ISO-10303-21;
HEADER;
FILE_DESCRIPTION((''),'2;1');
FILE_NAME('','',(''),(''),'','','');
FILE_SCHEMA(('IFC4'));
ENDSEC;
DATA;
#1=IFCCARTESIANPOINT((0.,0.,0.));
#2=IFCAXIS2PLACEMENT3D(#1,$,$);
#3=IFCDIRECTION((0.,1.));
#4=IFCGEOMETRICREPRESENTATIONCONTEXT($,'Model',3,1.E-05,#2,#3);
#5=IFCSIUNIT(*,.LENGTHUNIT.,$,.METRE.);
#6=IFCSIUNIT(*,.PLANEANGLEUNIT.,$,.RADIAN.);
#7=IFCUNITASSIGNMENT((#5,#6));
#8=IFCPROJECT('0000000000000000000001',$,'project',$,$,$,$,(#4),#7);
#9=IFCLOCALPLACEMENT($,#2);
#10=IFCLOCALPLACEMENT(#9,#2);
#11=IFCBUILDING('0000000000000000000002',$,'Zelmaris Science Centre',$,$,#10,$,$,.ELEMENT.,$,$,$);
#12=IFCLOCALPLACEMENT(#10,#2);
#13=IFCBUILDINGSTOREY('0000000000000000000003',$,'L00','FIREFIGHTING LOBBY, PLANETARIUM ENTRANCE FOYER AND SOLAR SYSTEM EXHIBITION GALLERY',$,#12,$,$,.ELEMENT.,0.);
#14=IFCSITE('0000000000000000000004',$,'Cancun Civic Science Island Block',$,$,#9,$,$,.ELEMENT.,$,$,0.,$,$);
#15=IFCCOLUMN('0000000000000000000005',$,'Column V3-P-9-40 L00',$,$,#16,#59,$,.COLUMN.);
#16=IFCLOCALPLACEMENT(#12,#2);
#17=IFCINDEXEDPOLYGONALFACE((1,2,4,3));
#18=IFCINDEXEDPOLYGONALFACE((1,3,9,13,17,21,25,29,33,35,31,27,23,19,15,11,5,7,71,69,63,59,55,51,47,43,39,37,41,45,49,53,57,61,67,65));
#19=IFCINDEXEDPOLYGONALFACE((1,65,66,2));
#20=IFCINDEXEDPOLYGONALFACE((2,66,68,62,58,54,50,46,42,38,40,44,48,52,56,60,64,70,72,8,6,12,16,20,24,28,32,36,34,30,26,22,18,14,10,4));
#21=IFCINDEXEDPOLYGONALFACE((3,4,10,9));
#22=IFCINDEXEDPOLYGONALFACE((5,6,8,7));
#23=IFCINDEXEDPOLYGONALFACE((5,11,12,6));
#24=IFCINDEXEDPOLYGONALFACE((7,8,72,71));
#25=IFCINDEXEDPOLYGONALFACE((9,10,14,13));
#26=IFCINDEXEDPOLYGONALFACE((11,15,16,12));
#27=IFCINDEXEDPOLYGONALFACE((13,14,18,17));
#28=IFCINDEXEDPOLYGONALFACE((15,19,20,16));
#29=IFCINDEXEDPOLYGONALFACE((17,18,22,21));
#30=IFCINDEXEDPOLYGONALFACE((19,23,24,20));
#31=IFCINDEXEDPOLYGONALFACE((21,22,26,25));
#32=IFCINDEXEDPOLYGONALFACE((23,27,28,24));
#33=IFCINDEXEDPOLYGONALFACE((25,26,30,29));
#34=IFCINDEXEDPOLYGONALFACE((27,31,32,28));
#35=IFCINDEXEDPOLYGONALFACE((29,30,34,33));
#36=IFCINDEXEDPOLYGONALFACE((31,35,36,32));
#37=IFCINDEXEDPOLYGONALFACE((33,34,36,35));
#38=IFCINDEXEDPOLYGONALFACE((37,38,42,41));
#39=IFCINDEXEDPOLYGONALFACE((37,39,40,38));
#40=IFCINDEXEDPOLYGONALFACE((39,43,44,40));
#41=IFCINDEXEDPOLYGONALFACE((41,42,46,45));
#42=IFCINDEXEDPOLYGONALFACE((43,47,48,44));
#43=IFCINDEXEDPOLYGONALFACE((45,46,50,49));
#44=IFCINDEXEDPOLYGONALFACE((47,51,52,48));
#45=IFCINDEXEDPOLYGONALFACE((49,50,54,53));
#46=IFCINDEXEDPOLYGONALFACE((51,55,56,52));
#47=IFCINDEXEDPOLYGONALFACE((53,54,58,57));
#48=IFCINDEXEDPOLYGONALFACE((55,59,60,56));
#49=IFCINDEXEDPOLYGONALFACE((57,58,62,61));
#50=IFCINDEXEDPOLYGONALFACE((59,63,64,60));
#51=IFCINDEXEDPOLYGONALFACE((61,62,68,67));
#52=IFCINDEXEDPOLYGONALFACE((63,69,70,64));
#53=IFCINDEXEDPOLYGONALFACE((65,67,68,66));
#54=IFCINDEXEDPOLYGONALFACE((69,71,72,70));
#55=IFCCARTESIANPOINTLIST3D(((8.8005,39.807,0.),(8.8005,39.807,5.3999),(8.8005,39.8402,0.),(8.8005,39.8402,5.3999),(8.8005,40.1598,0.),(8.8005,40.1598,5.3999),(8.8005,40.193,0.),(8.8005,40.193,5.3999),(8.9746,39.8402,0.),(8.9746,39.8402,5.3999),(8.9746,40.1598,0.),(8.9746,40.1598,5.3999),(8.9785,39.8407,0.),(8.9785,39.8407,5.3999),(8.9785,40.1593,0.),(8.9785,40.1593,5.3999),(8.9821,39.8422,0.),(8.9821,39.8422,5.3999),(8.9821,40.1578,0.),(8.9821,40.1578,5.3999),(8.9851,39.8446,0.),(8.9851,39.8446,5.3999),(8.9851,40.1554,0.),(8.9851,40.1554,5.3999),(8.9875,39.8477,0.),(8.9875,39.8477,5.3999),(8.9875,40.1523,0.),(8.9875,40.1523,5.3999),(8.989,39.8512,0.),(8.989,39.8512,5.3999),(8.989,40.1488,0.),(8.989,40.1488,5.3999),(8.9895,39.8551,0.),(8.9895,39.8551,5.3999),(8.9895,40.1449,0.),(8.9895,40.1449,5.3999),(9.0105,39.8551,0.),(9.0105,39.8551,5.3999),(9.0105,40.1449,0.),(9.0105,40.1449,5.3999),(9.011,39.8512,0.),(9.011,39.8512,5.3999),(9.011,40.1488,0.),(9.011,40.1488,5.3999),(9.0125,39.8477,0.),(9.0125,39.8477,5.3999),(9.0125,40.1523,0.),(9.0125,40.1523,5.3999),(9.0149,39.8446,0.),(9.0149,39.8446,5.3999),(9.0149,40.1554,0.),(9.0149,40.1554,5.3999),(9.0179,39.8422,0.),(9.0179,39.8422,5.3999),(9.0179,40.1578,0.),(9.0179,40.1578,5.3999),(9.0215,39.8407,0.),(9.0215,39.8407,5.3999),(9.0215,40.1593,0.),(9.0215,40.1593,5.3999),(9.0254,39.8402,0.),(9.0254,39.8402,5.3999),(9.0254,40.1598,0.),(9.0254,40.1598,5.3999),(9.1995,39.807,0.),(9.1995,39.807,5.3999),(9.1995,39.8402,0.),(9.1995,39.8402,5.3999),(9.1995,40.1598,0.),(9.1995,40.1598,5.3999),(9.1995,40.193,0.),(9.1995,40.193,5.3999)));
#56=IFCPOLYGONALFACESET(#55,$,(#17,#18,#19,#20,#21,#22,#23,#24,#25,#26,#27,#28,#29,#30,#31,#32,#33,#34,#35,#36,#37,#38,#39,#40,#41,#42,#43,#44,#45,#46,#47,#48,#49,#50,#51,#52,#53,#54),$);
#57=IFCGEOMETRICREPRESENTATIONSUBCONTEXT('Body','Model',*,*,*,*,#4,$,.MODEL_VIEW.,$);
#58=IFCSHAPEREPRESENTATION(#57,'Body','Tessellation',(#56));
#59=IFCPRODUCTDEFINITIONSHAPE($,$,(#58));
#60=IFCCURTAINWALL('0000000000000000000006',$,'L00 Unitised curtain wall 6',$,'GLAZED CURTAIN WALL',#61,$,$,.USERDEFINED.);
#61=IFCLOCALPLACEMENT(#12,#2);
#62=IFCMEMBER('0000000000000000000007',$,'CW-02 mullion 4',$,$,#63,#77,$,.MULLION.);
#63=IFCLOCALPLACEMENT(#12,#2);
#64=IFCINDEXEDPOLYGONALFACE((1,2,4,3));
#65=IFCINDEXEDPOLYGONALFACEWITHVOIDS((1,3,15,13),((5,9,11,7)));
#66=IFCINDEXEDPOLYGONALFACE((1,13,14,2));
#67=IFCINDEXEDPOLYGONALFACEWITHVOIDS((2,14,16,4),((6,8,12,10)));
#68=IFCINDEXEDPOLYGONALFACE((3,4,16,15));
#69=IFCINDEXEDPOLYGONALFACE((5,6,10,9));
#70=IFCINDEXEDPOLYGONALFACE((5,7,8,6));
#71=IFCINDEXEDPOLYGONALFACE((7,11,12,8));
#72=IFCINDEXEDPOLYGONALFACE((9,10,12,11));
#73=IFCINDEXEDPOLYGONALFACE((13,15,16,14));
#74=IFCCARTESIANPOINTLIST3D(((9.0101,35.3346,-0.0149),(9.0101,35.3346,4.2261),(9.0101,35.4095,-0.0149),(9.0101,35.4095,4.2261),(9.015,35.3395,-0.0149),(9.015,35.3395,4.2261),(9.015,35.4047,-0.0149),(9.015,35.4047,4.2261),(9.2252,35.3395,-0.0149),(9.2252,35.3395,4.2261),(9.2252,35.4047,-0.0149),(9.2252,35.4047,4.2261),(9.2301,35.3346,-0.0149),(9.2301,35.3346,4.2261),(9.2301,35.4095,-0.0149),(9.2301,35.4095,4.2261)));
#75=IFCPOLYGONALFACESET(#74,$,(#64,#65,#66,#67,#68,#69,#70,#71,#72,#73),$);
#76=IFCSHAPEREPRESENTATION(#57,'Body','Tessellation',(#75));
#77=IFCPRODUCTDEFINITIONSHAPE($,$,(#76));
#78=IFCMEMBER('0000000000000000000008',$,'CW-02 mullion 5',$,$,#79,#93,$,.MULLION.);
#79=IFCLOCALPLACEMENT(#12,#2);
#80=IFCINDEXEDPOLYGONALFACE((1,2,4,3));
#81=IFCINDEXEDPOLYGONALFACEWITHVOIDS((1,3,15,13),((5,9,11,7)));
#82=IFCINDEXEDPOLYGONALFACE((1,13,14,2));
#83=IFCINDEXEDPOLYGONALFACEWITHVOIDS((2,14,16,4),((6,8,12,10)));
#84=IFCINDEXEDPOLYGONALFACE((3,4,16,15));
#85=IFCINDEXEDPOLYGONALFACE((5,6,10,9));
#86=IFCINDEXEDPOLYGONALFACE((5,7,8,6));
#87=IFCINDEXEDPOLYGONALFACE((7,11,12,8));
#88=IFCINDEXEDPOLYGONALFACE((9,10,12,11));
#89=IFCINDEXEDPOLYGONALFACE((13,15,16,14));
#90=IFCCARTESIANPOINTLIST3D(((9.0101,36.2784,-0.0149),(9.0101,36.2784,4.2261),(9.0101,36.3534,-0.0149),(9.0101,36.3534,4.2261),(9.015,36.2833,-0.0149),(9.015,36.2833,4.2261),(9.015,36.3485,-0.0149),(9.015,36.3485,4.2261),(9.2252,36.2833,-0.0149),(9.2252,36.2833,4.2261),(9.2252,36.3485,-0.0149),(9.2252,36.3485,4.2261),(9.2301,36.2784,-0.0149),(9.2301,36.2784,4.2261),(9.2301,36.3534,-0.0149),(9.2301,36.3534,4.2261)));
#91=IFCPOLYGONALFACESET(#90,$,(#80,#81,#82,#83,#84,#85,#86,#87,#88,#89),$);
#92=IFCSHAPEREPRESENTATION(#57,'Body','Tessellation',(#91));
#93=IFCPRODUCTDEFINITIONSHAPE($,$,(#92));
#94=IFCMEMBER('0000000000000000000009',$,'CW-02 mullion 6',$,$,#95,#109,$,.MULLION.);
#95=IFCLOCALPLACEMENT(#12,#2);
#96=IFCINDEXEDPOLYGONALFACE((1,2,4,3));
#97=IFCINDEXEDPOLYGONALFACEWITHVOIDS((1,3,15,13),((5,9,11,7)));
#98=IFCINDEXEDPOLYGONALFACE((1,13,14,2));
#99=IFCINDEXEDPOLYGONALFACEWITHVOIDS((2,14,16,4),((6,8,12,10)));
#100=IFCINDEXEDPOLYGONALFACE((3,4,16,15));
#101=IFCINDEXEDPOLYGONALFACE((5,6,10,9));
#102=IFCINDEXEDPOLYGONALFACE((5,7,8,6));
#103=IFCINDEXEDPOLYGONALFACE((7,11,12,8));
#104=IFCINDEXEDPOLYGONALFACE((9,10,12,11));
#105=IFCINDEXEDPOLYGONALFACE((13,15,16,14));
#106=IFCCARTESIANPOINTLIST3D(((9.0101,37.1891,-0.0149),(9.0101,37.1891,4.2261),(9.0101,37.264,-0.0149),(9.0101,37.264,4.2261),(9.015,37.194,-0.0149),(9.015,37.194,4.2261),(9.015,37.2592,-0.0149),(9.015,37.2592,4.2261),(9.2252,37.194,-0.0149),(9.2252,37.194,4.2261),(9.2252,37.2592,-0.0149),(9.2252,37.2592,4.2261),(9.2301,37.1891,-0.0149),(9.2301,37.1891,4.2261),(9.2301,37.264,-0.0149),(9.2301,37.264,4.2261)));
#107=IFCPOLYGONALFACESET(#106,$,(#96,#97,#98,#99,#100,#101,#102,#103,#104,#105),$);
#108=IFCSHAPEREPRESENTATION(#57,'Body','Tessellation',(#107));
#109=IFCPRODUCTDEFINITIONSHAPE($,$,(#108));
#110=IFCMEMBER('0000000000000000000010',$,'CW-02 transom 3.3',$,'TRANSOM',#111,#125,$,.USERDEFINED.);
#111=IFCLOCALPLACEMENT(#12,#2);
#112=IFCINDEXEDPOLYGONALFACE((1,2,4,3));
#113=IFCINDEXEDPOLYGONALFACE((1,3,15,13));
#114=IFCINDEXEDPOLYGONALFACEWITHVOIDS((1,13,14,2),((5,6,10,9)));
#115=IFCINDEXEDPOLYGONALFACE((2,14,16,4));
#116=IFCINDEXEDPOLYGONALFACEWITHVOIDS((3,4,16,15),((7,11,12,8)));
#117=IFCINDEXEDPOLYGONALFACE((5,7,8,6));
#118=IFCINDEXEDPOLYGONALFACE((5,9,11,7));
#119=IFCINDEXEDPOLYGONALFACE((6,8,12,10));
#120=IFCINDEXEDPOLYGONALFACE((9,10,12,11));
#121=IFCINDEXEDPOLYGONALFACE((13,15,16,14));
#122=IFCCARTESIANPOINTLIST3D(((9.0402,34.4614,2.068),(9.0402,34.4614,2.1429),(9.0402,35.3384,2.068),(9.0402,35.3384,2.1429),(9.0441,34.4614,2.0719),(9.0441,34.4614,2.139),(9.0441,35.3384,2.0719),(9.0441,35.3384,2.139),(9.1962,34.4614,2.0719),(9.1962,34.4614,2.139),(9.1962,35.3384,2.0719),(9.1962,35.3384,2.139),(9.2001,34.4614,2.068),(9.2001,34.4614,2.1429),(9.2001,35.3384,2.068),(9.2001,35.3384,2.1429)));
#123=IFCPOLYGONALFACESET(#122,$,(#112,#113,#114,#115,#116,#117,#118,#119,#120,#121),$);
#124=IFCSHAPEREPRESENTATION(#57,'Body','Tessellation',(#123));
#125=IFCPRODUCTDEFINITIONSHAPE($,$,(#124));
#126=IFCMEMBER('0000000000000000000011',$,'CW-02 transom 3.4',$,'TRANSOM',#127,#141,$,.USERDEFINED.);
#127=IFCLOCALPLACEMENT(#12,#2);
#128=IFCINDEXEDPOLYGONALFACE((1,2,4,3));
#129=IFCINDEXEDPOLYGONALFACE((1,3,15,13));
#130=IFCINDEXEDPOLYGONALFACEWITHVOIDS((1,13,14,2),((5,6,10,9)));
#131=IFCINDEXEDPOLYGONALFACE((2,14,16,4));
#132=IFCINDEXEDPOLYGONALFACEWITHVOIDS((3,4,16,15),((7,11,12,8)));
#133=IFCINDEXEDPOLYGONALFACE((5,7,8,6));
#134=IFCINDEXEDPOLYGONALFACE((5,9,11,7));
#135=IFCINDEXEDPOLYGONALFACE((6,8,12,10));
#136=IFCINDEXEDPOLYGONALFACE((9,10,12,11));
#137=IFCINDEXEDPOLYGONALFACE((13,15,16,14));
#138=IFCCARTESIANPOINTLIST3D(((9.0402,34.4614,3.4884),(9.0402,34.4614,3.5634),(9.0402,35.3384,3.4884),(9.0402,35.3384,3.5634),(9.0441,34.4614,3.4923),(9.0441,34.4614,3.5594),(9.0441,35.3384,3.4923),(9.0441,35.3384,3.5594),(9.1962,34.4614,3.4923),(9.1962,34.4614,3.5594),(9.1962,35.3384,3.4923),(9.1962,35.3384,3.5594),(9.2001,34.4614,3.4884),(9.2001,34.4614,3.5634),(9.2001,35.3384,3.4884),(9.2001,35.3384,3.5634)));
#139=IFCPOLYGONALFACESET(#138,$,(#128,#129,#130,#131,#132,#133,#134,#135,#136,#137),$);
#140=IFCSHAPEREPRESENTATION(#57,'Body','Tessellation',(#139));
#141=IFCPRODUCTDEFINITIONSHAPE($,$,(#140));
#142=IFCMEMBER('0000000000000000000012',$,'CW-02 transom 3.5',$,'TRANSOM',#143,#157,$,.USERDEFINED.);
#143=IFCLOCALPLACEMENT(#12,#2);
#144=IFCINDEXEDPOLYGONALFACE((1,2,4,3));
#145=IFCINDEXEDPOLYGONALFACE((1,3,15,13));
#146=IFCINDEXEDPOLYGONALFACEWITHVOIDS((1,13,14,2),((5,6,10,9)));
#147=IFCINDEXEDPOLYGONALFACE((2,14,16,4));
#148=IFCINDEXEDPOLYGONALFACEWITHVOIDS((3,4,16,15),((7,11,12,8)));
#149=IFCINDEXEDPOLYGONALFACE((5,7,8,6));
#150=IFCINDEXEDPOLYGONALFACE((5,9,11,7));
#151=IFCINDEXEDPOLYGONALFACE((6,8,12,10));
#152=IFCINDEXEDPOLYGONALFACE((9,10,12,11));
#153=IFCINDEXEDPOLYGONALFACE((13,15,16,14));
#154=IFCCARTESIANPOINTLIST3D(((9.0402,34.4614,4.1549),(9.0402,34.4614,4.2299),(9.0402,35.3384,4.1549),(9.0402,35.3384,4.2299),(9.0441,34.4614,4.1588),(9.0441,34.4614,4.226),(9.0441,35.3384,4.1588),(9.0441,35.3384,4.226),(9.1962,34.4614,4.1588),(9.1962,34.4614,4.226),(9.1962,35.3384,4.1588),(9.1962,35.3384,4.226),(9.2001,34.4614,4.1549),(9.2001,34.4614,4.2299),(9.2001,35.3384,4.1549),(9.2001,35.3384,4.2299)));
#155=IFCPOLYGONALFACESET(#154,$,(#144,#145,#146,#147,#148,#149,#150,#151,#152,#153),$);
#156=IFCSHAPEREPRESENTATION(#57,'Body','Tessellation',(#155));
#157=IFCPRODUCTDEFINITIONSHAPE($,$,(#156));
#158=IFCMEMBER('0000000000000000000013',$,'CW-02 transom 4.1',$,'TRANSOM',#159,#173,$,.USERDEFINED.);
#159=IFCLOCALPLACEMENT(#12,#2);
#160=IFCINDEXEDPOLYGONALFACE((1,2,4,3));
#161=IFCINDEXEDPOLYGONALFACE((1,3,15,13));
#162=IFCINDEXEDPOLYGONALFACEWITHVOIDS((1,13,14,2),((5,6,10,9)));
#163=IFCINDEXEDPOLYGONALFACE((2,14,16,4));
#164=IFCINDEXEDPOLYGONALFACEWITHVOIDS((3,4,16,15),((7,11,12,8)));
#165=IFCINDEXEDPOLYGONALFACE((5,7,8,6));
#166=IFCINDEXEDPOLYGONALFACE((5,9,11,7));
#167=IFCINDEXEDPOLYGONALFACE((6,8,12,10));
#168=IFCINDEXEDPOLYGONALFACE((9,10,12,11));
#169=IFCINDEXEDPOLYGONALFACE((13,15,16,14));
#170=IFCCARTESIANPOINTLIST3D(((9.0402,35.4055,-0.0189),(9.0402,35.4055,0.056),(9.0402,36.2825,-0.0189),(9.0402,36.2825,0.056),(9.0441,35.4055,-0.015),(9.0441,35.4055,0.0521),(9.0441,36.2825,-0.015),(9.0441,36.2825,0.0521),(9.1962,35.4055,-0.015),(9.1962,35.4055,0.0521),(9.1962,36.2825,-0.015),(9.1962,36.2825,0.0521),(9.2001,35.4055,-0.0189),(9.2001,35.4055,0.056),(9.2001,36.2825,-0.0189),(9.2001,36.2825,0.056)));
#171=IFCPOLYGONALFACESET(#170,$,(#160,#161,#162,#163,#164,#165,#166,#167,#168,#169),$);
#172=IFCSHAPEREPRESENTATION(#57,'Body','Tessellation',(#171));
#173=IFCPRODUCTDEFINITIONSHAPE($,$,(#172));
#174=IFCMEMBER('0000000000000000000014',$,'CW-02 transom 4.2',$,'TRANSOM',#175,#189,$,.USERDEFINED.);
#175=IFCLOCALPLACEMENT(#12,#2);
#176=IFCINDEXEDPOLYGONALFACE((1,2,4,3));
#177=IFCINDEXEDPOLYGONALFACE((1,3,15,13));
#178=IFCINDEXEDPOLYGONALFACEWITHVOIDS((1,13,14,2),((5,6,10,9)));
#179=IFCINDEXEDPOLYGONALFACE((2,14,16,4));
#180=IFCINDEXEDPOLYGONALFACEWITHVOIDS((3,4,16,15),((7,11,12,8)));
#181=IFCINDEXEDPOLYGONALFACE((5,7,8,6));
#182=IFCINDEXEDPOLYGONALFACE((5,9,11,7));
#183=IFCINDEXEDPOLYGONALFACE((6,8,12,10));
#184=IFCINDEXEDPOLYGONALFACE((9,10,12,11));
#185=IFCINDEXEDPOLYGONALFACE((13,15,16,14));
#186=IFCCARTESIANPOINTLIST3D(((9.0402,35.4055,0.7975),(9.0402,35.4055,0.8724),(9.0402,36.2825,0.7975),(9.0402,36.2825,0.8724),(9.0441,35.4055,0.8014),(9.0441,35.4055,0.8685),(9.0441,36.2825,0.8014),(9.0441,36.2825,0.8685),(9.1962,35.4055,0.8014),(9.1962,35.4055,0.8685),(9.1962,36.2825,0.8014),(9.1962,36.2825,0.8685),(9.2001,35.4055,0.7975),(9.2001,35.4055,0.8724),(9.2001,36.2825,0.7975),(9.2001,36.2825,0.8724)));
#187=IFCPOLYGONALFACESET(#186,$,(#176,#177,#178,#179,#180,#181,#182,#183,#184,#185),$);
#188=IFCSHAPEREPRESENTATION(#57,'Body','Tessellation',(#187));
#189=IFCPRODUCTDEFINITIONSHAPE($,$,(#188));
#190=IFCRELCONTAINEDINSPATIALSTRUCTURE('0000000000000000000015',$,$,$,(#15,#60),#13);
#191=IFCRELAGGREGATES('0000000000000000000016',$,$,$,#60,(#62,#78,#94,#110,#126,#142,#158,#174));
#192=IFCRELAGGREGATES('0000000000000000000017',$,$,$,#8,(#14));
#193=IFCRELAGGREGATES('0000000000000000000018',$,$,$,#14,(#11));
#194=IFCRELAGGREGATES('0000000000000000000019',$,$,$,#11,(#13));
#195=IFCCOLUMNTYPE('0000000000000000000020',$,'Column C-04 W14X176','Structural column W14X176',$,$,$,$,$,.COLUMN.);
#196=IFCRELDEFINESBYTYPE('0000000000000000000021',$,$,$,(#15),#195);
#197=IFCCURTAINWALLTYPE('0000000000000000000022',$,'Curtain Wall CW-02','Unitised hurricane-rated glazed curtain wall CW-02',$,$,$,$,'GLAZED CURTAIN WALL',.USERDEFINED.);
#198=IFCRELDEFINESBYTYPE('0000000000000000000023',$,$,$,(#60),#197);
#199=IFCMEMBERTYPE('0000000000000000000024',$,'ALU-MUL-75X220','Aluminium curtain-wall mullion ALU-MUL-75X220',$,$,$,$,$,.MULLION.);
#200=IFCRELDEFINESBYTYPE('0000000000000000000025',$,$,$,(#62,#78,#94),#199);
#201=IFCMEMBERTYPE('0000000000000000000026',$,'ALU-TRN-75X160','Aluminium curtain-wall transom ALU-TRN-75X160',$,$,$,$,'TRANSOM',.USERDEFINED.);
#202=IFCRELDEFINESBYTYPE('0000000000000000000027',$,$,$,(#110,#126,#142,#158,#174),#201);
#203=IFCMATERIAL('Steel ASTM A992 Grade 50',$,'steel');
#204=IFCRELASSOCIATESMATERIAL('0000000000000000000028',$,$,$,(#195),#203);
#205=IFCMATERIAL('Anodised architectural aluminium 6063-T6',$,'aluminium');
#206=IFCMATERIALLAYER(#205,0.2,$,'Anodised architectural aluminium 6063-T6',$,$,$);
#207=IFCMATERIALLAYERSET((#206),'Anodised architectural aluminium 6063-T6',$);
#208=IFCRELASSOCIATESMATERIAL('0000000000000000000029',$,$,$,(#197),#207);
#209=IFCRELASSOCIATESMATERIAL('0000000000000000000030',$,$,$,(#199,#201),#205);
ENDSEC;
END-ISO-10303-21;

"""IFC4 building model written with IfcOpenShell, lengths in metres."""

from ifc_helpers import new_model, si_unit, direction, frame, origin, origin_2d, place, context, subcontext, project, spatial, hollow_rectangle, i_section, extrude, material, layer, layer_set, material_profile, profile_set, type_object, element, aggregate, save


model = new_model("IFC4")

# Units and contexts
model_context = context("Model", 3, precision=1e-05, world=origin(), true_north=direction((0.0, 1.0)))
body_context = subcontext(model_context, "Body", "Model", "MODEL_VIEW")
ifc_project = project(units=[si_unit("LENGTHUNIT", "METRE"), si_unit("PLANEANGLEUNIT", "RADIAN")], contexts=[model_context])

# Site, building, storey
site_placement = place(None, origin())
site = spatial("IfcSite", under=ifc_project, at=site_placement, Name="Cancun Civic Science Island Block", CompositionType="ELEMENT", RefElevation=0.0)
building_placement = place(site_placement, origin())
building = spatial("IfcBuilding", under=site, at=building_placement, Name="Zelmaris Science Centre", CompositionType="ELEMENT")
storey_placement = place(building_placement, origin())
storey = spatial("IfcBuildingStorey", under=building, at=storey_placement, Name="L00", Description="FIREFIGHTING LOBBY, PLANETARIUM ENTRANCE FOYER AND SOLAR SYSTEM EXHIBITION GALLERY", CompositionType="ELEMENT", Elevation=0.0)

# Column
ifc_material_1 = material(Name="Steel ASTM A992 Grade 50", Category="steel")
ifc_material_profile_1 = material_profile(ifc_material_1, i_section(OverallWidth=0.3989, OverallDepth=0.386, WebThickness=0.021, FlangeThickness=0.0332, FilletRadius=0.0149, at=origin_2d()), Name="W14X176")
ifc_profile_set_1 = profile_set([ifc_material_profile_1], Name="Steel ASTM A992 Grade 50")
column_type = type_object("IfcColumnType", Name="Column C-04 W14X176", Description="Structural column W14X176", PredefinedType="COLUMN", material=ifc_profile_set_1)
column_placement = place(storey_placement, frame((9.0, 40.0, 0.0), z_axis=(0.0, 0.0, 1.0), x_axis=(1.0, 0.0, 0.0)))
element("IfcColumn", 1, at=column_placement, inside=storey, type_object=column_type, Name="Column V3-P-9-40 L00", PredefinedType="COLUMN", context=body_context, shape_type="SweptSolid", body=[
    extrude(i_section(OverallWidth=0.3989, OverallDepth=0.386, WebThickness=0.021, FlangeThickness=0.0332, FilletRadius=0.0149, at=origin_2d()), origin(), (0.0, 0.0, 1.0), 5.3999),
])

# Curtain wall, members
ifc_material_2 = material(Name="Anodised architectural aluminium 6063-T6", Category="aluminium")
ifc_layer_1 = layer(ifc_material_2, 0.2, Name="Anodised architectural aluminium 6063-T6")
ifc_layer_set_1 = layer_set([ifc_layer_1], Name="Anodised architectural aluminium 6063-T6")
curtain_wall_type = type_object("IfcCurtainWallType", Name="Curtain Wall CW-02", Description="Unitised hurricane-rated glazed curtain wall CW-02", ElementType="GLAZED CURTAIN WALL", PredefinedType="USERDEFINED", material=ifc_layer_set_1)
curtain_wall_placement = place(storey_placement, origin())
curtain_wall = element("IfcCurtainWall", 2, at=curtain_wall_placement, inside=storey, type_object=curtain_wall_type, Name="L00 Unitised curtain wall 6", ObjectType="GLAZED CURTAIN WALL", PredefinedType="USERDEFINED")
ifc_material_profile_2 = material_profile(ifc_material_2, hollow_rectangle(XDim=0.075, YDim=0.22, WallThickness=0.0049, at=origin_2d()), Name="ALU-MUL-75X220")
ifc_profile_set_2 = profile_set([ifc_material_profile_2], Name="Anodised architectural aluminium 6063-T6")
member_type_1 = type_object("IfcMemberType", Name="ALU-MUL-75X220", Description="Aluminium curtain-wall mullion ALU-MUL-75X220", PredefinedType="MULLION", material=ifc_profile_set_2)
member_1_placement = place(storey_placement, frame((9.1201, 35.3721, -0.0149), z_axis=(0.0, 0.0, 1.0), x_axis=(0.0, 1.0, 0.0)))
member_1 = element("IfcMember", 3, at=member_1_placement, type_object=member_type_1, Name="CW-02 mullion 4", PredefinedType="MULLION", context=body_context, shape_type="SweptSolid", body=[
    extrude(hollow_rectangle(XDim=0.075, YDim=0.22, WallThickness=0.0049, at=origin_2d()), origin(), (0.0, 0.0, 1.0), 4.241),
])
member_2_placement = place(storey_placement, frame((9.1201, 36.3159, -0.0149), z_axis=(0.0, 0.0, 1.0), x_axis=(0.0, 1.0, 0.0)))
member_2 = element("IfcMember", 4, at=member_2_placement, type_object=member_type_1, Name="CW-02 mullion 5", PredefinedType="MULLION", context=body_context, shape_type="SweptSolid", body=[
    extrude(hollow_rectangle(XDim=0.075, YDim=0.22, WallThickness=0.0049, at=origin_2d()), origin(), (0.0, 0.0, 1.0), 4.241),
])
member_3_placement = place(storey_placement, frame((9.1201, 37.2266, -0.0149), z_axis=(0.0, 0.0, 1.0), x_axis=(0.0, 1.0, 0.0)))
member_3 = element("IfcMember", 5, at=member_3_placement, type_object=member_type_1, Name="CW-02 mullion 6", PredefinedType="MULLION", context=body_context, shape_type="SweptSolid", body=[
    extrude(hollow_rectangle(XDim=0.075, YDim=0.22, WallThickness=0.0049, at=origin_2d()), origin(), (0.0, 0.0, 1.0), 4.241),
])
ifc_material_profile_3 = material_profile(ifc_material_2, hollow_rectangle(XDim=0.075, YDim=0.1599, WallThickness=0.0039, at=origin_2d()), Name="ALU-TRN-75X160")
ifc_profile_set_3 = profile_set([ifc_material_profile_3], Name="Anodised architectural aluminium 6063-T6")
member_type_2 = type_object("IfcMemberType", Name="ALU-TRN-75X160", Description="Aluminium curtain-wall transom ALU-TRN-75X160", ElementType="TRANSOM", PredefinedType="USERDEFINED", material=ifc_profile_set_3)
member_4_placement = place(storey_placement, frame((9.1201, 34.4614, 2.1055), z_axis=(0.0, 1.0, 0.0), x_axis=(0.0, 0.0, 1.0)))
member_4 = element("IfcMember", 6, at=member_4_placement, type_object=member_type_2, Name="CW-02 transom 3.3", ObjectType="TRANSOM", PredefinedType="USERDEFINED", context=body_context, shape_type="SweptSolid", body=[
    extrude(hollow_rectangle(XDim=0.075, YDim=0.1599, WallThickness=0.0039, at=origin_2d()), origin(), (0.0, 0.0, 1.0), 0.877),
])
member_5_placement = place(storey_placement, frame((9.1201, 34.4614, 3.5259), z_axis=(0.0, 1.0, 0.0), x_axis=(0.0, 0.0, 1.0)))
member_5 = element("IfcMember", 7, at=member_5_placement, type_object=member_type_2, Name="CW-02 transom 3.4", ObjectType="TRANSOM", PredefinedType="USERDEFINED", context=body_context, shape_type="SweptSolid", body=[
    extrude(hollow_rectangle(XDim=0.075, YDim=0.1599, WallThickness=0.0039, at=origin_2d()), origin(), (0.0, 0.0, 1.0), 0.877),
])
member_6_placement = place(storey_placement, frame((9.1201, 34.4614, 4.1924), z_axis=(0.0, 1.0, 0.0), x_axis=(0.0, 0.0, 1.0)))
member_6 = element("IfcMember", 8, at=member_6_placement, type_object=member_type_2, Name="CW-02 transom 3.5", ObjectType="TRANSOM", PredefinedType="USERDEFINED", context=body_context, shape_type="SweptSolid", body=[
    extrude(hollow_rectangle(XDim=0.075, YDim=0.1599, WallThickness=0.0039, at=origin_2d()), origin(), (0.0, 0.0, 1.0), 0.877),
])
member_7_placement = place(storey_placement, frame((9.1201, 35.4055, 0.0186), z_axis=(0.0, 1.0, 0.0), x_axis=(0.0, 0.0, 1.0)))
member_7 = element("IfcMember", 9, at=member_7_placement, type_object=member_type_2, Name="CW-02 transom 4.1", ObjectType="TRANSOM", PredefinedType="USERDEFINED", context=body_context, shape_type="SweptSolid", body=[
    extrude(hollow_rectangle(XDim=0.075, YDim=0.1599, WallThickness=0.0039, at=origin_2d()), origin(), (0.0, 0.0, 1.0), 0.877),
])
member_8_placement = place(storey_placement, frame((9.1201, 35.4055, 0.835), z_axis=(0.0, 1.0, 0.0), x_axis=(0.0, 0.0, 1.0)))
member_8 = element("IfcMember", 10, at=member_8_placement, type_object=member_type_2, Name="CW-02 transom 4.2", ObjectType="TRANSOM", PredefinedType="USERDEFINED", context=body_context, shape_type="SweptSolid", body=[
    extrude(hollow_rectangle(XDim=0.075, YDim=0.1599, WallThickness=0.0039, at=origin_2d()), origin(), (0.0, 0.0, 1.0), 0.877),
])

aggregate(curtain_wall, [member_1, member_2, member_3, member_4, member_5, member_6, member_7, member_8])

save(model, "model.ifc")
